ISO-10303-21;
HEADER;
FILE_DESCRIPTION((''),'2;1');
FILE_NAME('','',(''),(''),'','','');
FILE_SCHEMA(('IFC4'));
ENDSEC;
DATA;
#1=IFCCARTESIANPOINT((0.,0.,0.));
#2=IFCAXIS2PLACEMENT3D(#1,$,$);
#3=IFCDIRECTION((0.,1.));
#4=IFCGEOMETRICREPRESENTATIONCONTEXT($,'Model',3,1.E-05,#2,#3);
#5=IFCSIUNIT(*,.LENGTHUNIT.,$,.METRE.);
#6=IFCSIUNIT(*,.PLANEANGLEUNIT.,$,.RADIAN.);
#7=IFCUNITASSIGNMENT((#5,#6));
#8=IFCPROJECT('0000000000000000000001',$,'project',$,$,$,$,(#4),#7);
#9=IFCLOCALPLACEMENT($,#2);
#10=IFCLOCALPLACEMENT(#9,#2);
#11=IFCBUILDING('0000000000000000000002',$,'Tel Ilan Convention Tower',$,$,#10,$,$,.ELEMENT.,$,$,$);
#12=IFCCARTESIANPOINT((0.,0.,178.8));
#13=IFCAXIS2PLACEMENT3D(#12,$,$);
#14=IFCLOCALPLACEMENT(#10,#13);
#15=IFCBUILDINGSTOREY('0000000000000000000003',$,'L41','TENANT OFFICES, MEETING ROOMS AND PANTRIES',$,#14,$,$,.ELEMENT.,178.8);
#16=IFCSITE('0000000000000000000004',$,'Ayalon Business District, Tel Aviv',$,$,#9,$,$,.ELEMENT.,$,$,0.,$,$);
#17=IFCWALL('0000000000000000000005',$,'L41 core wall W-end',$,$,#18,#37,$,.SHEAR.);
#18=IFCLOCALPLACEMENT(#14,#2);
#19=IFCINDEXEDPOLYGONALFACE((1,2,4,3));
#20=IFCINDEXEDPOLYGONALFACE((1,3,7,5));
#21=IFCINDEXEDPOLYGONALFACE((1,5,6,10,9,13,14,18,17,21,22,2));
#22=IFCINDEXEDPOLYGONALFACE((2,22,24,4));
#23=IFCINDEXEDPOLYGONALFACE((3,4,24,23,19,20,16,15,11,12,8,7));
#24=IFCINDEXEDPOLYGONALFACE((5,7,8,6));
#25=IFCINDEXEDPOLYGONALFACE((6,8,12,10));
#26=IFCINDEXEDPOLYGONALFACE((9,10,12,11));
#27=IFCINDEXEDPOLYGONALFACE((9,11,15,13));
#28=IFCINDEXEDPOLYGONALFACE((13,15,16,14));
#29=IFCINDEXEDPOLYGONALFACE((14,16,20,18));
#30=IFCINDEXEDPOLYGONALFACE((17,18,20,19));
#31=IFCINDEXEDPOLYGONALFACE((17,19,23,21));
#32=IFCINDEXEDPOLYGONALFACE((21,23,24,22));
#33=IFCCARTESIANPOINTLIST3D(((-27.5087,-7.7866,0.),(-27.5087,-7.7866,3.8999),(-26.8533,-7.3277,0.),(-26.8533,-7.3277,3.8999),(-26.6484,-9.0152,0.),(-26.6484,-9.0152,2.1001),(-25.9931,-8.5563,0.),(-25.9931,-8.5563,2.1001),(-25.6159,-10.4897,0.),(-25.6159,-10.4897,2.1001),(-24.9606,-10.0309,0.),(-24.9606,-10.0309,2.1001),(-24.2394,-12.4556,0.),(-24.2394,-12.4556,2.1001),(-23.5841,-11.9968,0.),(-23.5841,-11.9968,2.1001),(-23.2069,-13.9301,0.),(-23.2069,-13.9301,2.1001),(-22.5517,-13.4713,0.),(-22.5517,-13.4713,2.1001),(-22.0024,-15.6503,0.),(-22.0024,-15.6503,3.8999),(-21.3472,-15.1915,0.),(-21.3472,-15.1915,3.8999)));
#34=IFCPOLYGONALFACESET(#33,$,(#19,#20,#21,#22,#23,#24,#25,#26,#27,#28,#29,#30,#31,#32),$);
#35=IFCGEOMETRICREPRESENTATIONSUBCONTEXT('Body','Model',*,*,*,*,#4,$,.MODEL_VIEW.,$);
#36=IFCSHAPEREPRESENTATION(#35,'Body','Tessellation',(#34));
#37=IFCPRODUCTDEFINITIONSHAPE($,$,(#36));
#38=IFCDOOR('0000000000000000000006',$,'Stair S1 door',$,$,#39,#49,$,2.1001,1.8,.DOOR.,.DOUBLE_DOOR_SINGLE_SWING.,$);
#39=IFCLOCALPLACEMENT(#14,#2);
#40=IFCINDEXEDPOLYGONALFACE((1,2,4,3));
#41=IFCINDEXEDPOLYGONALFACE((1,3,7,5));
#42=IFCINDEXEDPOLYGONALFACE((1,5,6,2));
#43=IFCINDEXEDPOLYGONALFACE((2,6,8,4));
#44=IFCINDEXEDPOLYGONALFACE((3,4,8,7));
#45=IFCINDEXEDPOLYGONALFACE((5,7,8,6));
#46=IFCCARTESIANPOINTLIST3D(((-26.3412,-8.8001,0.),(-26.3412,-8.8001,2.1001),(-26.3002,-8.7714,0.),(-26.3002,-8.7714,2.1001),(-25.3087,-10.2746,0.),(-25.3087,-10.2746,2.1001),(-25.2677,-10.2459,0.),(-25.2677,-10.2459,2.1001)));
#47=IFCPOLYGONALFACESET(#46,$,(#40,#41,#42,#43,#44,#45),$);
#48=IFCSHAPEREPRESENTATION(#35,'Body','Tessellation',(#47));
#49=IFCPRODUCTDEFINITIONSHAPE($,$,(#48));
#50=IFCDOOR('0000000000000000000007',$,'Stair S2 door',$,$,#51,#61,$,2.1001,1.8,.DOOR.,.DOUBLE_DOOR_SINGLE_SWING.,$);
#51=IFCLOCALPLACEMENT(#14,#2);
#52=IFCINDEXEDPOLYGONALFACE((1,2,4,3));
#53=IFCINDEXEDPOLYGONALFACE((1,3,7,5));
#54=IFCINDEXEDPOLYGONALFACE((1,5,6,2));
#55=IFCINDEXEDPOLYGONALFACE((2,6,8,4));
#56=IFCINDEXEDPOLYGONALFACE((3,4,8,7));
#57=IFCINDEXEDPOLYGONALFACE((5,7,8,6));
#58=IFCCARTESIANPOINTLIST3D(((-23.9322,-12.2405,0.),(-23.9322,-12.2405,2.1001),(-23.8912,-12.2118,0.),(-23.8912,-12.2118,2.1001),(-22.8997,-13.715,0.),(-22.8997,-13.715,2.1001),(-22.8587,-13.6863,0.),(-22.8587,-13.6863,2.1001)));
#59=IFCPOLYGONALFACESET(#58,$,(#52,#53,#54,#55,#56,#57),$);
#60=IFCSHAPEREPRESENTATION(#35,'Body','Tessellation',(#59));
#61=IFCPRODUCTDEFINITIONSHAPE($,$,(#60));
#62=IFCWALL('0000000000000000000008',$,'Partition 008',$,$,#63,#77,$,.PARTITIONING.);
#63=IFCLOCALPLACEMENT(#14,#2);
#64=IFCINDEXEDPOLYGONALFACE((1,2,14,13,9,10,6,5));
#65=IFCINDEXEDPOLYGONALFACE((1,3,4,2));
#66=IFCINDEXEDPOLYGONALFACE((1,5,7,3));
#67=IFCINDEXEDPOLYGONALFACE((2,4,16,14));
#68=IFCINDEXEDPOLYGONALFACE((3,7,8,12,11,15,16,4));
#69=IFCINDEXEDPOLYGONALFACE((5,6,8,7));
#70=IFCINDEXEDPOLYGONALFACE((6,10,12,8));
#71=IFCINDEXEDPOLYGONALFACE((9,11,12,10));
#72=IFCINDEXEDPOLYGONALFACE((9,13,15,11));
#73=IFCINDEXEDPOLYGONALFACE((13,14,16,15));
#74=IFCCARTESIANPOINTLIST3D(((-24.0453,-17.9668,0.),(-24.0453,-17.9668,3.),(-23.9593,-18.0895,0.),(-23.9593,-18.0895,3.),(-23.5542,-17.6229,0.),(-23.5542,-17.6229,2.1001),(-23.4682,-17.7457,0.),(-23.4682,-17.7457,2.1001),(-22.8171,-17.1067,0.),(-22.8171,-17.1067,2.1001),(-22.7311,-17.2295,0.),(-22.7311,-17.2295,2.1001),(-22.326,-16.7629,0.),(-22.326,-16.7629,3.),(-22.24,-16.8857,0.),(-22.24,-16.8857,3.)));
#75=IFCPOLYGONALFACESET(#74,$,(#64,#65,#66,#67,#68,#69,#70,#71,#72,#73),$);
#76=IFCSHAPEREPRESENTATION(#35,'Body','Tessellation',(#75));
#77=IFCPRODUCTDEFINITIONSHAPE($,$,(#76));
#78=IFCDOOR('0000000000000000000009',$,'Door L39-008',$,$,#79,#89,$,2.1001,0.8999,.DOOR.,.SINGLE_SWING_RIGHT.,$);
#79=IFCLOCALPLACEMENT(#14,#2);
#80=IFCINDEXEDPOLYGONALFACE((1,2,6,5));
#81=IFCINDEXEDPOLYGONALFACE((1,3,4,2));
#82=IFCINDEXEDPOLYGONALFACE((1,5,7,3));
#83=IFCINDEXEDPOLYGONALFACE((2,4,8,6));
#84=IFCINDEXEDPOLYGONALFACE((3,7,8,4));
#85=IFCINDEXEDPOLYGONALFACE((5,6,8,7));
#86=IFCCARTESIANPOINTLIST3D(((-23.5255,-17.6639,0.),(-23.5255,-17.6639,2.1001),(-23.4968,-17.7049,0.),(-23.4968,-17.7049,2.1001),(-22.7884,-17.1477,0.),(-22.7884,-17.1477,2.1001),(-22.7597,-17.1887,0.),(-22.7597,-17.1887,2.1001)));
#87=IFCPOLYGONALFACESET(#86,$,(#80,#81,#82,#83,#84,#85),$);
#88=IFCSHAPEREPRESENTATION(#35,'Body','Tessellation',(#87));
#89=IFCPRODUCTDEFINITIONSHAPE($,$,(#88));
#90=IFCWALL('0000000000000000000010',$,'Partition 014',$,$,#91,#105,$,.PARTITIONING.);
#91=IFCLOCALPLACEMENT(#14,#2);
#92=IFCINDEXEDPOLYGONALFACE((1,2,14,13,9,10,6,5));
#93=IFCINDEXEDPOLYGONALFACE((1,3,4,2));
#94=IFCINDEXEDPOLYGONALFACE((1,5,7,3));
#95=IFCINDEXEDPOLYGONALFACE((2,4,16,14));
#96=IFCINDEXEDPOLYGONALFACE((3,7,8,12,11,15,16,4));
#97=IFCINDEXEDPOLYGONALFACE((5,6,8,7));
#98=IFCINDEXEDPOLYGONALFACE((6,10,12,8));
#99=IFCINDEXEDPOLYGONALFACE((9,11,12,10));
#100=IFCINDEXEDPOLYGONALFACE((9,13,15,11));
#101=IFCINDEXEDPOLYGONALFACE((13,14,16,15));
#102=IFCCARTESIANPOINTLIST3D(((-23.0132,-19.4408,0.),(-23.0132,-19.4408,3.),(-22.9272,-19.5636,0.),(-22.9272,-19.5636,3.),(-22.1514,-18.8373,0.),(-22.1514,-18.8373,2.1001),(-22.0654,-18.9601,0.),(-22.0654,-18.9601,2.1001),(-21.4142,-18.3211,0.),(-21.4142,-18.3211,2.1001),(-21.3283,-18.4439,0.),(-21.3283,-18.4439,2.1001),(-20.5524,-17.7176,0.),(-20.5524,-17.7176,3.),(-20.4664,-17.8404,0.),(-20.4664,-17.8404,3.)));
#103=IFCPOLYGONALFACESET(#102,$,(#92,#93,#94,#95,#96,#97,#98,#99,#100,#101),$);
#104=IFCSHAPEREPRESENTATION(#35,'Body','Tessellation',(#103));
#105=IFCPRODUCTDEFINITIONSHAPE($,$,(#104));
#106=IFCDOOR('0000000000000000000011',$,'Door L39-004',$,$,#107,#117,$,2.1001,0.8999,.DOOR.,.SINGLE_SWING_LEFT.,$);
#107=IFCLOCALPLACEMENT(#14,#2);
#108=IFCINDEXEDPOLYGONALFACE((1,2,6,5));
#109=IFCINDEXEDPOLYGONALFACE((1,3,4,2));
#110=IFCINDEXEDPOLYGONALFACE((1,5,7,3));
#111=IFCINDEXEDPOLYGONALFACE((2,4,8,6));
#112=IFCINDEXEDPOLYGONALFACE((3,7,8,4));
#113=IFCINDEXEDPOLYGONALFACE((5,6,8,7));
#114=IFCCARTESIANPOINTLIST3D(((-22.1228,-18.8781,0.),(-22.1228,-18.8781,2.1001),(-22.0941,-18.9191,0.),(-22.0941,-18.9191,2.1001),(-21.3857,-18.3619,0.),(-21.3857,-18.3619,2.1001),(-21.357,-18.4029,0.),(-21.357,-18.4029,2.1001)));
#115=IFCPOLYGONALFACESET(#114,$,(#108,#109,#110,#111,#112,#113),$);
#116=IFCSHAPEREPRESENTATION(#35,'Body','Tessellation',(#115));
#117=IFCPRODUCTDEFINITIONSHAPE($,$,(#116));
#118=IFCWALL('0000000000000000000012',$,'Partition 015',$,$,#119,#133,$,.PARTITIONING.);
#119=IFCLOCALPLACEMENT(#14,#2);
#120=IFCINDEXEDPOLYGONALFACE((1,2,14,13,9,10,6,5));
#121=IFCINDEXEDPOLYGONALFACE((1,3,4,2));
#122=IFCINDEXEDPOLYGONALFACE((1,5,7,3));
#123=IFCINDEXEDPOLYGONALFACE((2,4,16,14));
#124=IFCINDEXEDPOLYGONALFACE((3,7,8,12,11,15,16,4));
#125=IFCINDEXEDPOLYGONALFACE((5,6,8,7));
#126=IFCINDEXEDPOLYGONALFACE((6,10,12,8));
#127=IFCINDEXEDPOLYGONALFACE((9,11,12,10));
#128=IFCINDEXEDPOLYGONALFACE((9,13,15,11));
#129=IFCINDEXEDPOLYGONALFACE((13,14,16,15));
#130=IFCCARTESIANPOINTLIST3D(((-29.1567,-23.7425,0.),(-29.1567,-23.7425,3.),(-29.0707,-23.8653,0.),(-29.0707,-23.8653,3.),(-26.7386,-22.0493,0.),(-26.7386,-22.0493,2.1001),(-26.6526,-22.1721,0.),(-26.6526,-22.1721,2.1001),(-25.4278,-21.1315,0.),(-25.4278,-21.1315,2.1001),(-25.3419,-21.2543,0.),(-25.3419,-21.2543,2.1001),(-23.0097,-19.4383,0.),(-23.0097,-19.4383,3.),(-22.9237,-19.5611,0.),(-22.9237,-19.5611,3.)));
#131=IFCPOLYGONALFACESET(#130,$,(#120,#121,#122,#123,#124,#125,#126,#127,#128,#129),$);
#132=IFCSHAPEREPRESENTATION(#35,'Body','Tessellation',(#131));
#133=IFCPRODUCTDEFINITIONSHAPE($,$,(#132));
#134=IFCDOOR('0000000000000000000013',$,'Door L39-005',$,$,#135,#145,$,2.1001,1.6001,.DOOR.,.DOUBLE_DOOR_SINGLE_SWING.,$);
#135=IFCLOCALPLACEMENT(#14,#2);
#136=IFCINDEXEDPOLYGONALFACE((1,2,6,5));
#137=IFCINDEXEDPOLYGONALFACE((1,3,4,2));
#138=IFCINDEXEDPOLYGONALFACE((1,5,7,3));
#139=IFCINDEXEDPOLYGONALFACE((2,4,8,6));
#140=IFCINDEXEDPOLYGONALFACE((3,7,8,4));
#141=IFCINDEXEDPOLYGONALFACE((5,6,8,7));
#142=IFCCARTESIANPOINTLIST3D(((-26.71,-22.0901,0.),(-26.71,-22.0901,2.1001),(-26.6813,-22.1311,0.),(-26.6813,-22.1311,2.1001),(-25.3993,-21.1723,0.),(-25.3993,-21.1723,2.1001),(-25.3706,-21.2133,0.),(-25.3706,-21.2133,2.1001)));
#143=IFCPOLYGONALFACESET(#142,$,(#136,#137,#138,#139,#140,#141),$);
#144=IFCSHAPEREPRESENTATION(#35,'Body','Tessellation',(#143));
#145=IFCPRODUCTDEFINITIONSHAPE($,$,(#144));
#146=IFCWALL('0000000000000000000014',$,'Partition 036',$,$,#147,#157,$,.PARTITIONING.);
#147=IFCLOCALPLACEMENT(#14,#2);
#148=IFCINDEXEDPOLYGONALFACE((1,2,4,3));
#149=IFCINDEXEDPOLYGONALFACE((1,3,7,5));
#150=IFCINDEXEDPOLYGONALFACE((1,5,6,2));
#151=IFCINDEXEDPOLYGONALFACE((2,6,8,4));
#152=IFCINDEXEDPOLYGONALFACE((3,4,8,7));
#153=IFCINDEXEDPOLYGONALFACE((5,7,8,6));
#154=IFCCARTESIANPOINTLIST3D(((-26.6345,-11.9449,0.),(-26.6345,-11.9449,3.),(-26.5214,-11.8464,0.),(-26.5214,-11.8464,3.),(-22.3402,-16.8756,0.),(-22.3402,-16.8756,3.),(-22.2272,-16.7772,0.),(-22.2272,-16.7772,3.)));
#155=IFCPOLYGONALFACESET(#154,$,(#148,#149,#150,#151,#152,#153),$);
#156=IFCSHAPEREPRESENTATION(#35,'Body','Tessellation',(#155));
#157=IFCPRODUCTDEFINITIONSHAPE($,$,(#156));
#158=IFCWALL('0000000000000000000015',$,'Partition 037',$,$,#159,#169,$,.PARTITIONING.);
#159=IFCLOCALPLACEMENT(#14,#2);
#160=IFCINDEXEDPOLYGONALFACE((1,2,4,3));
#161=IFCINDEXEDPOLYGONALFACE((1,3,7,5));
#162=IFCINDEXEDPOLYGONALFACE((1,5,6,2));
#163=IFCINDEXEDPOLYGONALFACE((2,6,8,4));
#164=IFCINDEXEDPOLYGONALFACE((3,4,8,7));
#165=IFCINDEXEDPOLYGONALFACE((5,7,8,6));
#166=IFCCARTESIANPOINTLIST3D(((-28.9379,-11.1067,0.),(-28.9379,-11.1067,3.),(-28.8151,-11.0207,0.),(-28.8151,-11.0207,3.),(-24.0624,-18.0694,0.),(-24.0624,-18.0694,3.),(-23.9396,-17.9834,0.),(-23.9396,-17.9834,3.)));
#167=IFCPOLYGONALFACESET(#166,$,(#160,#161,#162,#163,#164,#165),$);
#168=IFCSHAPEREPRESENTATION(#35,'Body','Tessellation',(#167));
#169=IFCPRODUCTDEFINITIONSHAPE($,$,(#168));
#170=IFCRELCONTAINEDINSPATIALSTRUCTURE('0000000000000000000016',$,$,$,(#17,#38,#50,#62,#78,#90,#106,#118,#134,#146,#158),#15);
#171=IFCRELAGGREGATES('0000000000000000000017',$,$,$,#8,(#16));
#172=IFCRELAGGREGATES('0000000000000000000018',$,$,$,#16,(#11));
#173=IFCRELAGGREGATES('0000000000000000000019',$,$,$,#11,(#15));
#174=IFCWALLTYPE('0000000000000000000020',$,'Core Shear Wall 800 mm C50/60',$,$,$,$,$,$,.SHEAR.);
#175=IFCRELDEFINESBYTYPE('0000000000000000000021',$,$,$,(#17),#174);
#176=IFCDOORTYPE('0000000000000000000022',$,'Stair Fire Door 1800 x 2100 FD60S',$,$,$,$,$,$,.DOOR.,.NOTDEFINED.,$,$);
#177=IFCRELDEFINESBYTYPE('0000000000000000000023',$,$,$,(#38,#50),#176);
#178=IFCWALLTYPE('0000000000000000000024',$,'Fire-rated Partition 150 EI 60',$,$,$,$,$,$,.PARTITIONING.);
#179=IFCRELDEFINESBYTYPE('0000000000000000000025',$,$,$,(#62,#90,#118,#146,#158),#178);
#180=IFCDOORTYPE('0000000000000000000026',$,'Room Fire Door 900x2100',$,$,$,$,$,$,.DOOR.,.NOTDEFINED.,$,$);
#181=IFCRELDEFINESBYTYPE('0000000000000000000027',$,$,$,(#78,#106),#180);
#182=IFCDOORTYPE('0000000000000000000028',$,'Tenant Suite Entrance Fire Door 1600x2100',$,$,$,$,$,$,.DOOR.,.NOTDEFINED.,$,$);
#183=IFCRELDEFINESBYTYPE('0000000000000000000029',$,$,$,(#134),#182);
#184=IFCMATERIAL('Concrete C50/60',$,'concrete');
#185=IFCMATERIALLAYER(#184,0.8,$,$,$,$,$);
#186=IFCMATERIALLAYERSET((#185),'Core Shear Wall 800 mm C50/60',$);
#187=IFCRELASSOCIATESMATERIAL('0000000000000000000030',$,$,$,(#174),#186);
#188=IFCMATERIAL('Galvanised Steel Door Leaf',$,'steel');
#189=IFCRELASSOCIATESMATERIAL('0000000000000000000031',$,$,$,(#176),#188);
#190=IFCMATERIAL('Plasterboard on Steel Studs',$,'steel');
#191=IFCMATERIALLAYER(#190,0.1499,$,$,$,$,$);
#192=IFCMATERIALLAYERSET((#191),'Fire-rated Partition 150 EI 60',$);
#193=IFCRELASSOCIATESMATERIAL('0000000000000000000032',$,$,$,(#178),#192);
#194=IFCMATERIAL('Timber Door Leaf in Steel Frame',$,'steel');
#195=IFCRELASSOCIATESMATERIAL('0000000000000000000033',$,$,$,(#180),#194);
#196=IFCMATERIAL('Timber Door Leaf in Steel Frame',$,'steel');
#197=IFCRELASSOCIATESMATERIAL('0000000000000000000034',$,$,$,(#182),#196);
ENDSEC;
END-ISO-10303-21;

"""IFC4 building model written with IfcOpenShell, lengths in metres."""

from ifc_helpers import new_model, si_unit, direction, frame, frame_2d, origin, place, context, subcontext, project, spatial, polyline, rectangle, outline, extrude, material, layer, layer_set, type_object, element, fill, save


model = new_model("IFC4")

# Units and contexts
model_context = context("Model", 3, precision=1e-05, world=origin(), true_north=direction((0.0, 1.0)))
body_context = subcontext(model_context, "Body", "Model", "MODEL_VIEW")
ifc_project = project(units=[si_unit("LENGTHUNIT", "METRE"), si_unit("PLANEANGLEUNIT", "RADIAN")], contexts=[model_context])

# Site, building, storey
site_placement = place(None, origin())
site = spatial("IfcSite", under=ifc_project, at=site_placement, Name="Ayalon Business District, Tel Aviv", CompositionType="ELEMENT", RefElevation=0.0)
building_placement = place(site_placement, origin())
building = spatial("IfcBuilding", under=site, at=building_placement, Name="Tel Ilan Convention Tower", CompositionType="ELEMENT")
storey_placement = place(building_placement, frame((0.0, 0.0, 178.8)))
storey = spatial("IfcBuildingStorey", under=building, at=storey_placement, Name="L41", Description="TENANT OFFICES, MEETING ROOMS AND PANTRIES", CompositionType="ELEMENT", Elevation=178.8)

# Wall, openings, doors
ifc_material_1 = material(Name="Concrete C50/60", Category="concrete")
ifc_layer_1 = layer(ifc_material_1, 0.8)
ifc_layer_set_1 = layer_set([ifc_layer_1], Name="Core Shear Wall 800 mm C50/60")
wall_type_1 = type_object("IfcWallType", Name="Core Shear Wall 800 mm C50/60", PredefinedType="SHEAR", material=ifc_layer_set_1)
wall_1_placement = place(storey_placement, frame((-21.6748, -15.4209, 0.0), z_axis=(0.0, 0.0, 1.0), x_axis=(-0.573582, 0.819148, 0.0)))
wall_1 = element("IfcWall", 1, at=wall_1_placement, inside=storey, type_object=wall_type_1, Name="L41 core wall W-end", PredefinedType="SHEAR", context=body_context, shape_type="SweptSolid", body=[
    extrude(outline(polyline([(0.0, 0.3999), (0.0, -0.3999), (9.5999, -0.4001), (9.5999, 0.3999), (0.0, 0.3999)])), origin(), (0.0, 0.0, 1.0), 3.8999),
])
opening_1_placement = place(wall_1_placement, frame((6.3, 0.0, 0.0)))
opening_1 = element("IfcOpeningElement", 2, at=opening_1_placement, cuts=wall_1, PredefinedType="OPENING", context=body_context, shape_type="SweptSolid", body=[
    extrude(rectangle(XDim=1.8, YDim=2.1001, at=frame_2d((0.8999, 1.05))), frame((0.0, 0.4099, 0.0), z_axis=(0.0, -1.0, 0.0), x_axis=(1.0, 0.0, 0.0)), (0.0, 0.0, 1.0), 0.8201),
])
opening_2_placement = place(wall_1_placement, frame((2.1001, 0.0, 0.0)))
opening_2 = element("IfcOpeningElement", 3, at=opening_2_placement, cuts=wall_1, PredefinedType="OPENING", context=body_context, shape_type="SweptSolid", body=[
    extrude(rectangle(XDim=1.8, YDim=2.1001, at=frame_2d((0.8999, 1.05))), frame((0.0, 0.4099, 0.0), z_axis=(0.0, -1.0, 0.0), x_axis=(1.0, 0.0, 0.0)), (0.0, 0.0, 1.0), 0.8201),
])
ifc_material_2 = material(Name="Galvanised Steel Door Leaf", Category="steel")
door_type_1 = type_object("IfcDoorType", Name="Stair Fire Door 1800 x 2100 FD60S", OperationType="NOTDEFINED", PredefinedType="DOOR", material=ifc_material_2)
door_1_placement = place(opening_1_placement, origin())
door_1 = element("IfcDoor", 4, at=door_1_placement, inside=storey, type_object=door_type_1, Name="Stair S1 door", OperationType="DOUBLE_DOOR_SINGLE_SWING", OverallHeight=2.1001, OverallWidth=1.8, PredefinedType="DOOR", context=body_context, shape_type="SweptSolid", body=[
    extrude(rectangle(XDim=1.8, YDim=2.1001, at=frame_2d((0.8999, 1.05))), frame((0.0, 0.0249, 0.0), z_axis=(0.0, -1.0, 0.0), x_axis=(1.0, 0.0, 0.0)), (0.0, 0.0, 1.0), 0.05),
])
fill(opening_1, door_1)
door_2_placement = place(opening_2_placement, origin())
door_2 = element("IfcDoor", 5, at=door_2_placement, inside=storey, type_object=door_type_1, Name="Stair S2 door", OperationType="DOUBLE_DOOR_SINGLE_SWING", OverallHeight=2.1001, OverallWidth=1.8, PredefinedType="DOOR", context=body_context, shape_type="SweptSolid", body=[
    extrude(rectangle(XDim=1.8, YDim=2.1001, at=frame_2d((0.8999, 1.05))), frame((0.0, 0.0249, 0.0), z_axis=(0.0, -1.0, 0.0), x_axis=(1.0, 0.0, 0.0)), (0.0, 0.0, 1.0), 0.05),
])
fill(opening_2, door_2)

# Walls, openings, doors
ifc_material_3 = material(Name="Plasterboard on Steel Studs", Category="steel")
ifc_layer_2 = layer(ifc_material_3, 0.1499)
ifc_layer_set_2 = layer_set([ifc_layer_2], Name="Fire-rated Partition 150 EI 60")
wall_type_2 = type_object("IfcWallType", Name="Fire-rated Partition 150 EI 60", PredefinedType="PARTITIONING", material=ifc_layer_set_2)
wall_2_placement = place(storey_placement, frame((-24.0022, -18.0281, 0.0), z_axis=(0.0, 0.0, 1.0), x_axis=(0.819144, 0.573587, 0.0)))
wall_2 = element("IfcWall", 6, at=wall_2_placement, inside=storey, type_object=wall_type_2, Name="Partition 008", PredefinedType="PARTITIONING", context=body_context, shape_type="SweptSolid", body=[
    extrude(rectangle(XDim=2.0989, YDim=0.1499, at=frame_2d((1.0493, 0.0))), origin(), (0.0, 0.0, 1.0), 3.0),
])
opening_3_placement = place(wall_2_placement, frame((0.5994, 0.0, 0.0)))
opening_3 = element("IfcOpeningElement", 7, at=opening_3_placement, cuts=wall_2, PredefinedType="OPENING", context=body_context, shape_type="SweptSolid", body=[
    extrude(rectangle(XDim=0.8999, YDim=2.1001, at=frame_2d((0.45, 1.05))), frame((0.0, 0.085, 0.0), z_axis=(0.0, -1.0, 0.0), x_axis=(1.0, 0.0, 0.0)), (0.0, 0.0, 1.0), 0.1699),
])
ifc_material_4 = material(Name="Timber Door Leaf in Steel Frame", Category="steel")
door_type_2 = type_object("IfcDoorType", Name="Room Fire Door 900x2100", OperationType="NOTDEFINED", PredefinedType="DOOR", material=ifc_material_4)
door_3_placement = place(opening_3_placement, origin())
door_3 = element("IfcDoor", 8, at=door_3_placement, inside=storey, type_object=door_type_2, Name="Door L39-008", OperationType="SINGLE_SWING_RIGHT", OverallHeight=2.1001, OverallWidth=0.8999, PredefinedType="DOOR", context=body_context, shape_type="SweptSolid", body=[
    extrude(rectangle(XDim=0.8999, YDim=2.1001, at=frame_2d((0.45, 1.05))), frame((0.0, 0.0249, 0.0), z_axis=(0.0, -1.0, 0.0), x_axis=(1.0, 0.0, 0.0)), (0.0, 0.0, 1.0), 0.05),
])
fill(opening_3, door_3)
wall_3_placement = place(storey_placement, frame((-20.5095, -17.7791, 0.0), z_axis=(0.0, 0.0, 1.0), x_axis=(-0.819129, -0.57361, 0.0)))
wall_3 = element("IfcWall", 9, at=wall_3_placement, inside=storey, type_object=wall_type_2, Name="Partition 014", PredefinedType="PARTITIONING", context=body_context, shape_type="SweptSolid", body=[
    extrude(rectangle(XDim=3.0042, YDim=0.1499, at=frame_2d((1.502, 0.0))), origin(), (0.0, 0.0, 1.0), 3.0),
])
opening_4_placement = place(wall_3_placement, frame((1.052, 0.0, 0.0)))
opening_4 = element("IfcOpeningElement", 10, at=opening_4_placement, cuts=wall_3, PredefinedType="OPENING", context=body_context, shape_type="SweptSolid", body=[
    extrude(rectangle(XDim=0.8999, YDim=2.1001, at=frame_2d((0.45, 1.05))), frame((0.0, 0.085, 0.0), z_axis=(0.0, -1.0, 0.0), x_axis=(1.0, 0.0, 0.0)), (0.0, 0.0, 1.0), 0.1699),
])
door_4_placement = place(opening_4_placement, origin())
door_4 = element("IfcDoor", 11, at=door_4_placement, inside=storey, type_object=door_type_2, Name="Door L39-004", OperationType="SINGLE_SWING_LEFT", OverallHeight=2.1001, OverallWidth=0.8999, PredefinedType="DOOR", context=body_context, shape_type="SweptSolid", body=[
    extrude(rectangle(XDim=0.8999, YDim=2.1001, at=frame_2d((0.45, 1.05))), frame((0.0, 0.0249, 0.0), z_axis=(0.0, -1.0, 0.0), x_axis=(1.0, 0.0, 0.0)), (0.0, 0.0, 1.0), 0.05),
])
fill(opening_4, door_4)
wall_4_placement = place(storey_placement, frame((-22.9668, -19.4998, 0.0), z_axis=(0.0, 0.0, 1.0), x_axis=(-0.819149, -0.57358, 0.0)))
wall_4 = element("IfcWall", 12, at=wall_4_placement, inside=storey, type_object=wall_type_2, Name="Partition 015", PredefinedType="PARTITIONING", context=body_context, shape_type="SweptSolid", body=[
    extrude(rectangle(XDim=7.5042, YDim=0.1499, at=frame_2d((3.752, 0.0))), origin(), (0.0, 0.0, 1.0), 3.0),
])
opening_5_placement = place(wall_4_placement, frame((2.9519, 0.0, 0.0)))
opening_5 = element("IfcOpeningElement", 13, at=opening_5_placement, cuts=wall_4, PredefinedType="OPENING", context=body_context, shape_type="SweptSolid", body=[
    extrude(rectangle(XDim=1.6001, YDim=2.1001, at=frame_2d((0.8, 1.05))), frame((0.0, 0.085, 0.0), z_axis=(0.0, -1.0, 0.0), x_axis=(1.0, 0.0, 0.0)), (0.0, 0.0, 1.0), 0.1699),
])
ifc_material_5 = material(Name="Timber Door Leaf in Steel Frame", Category="steel")
door_type_3 = type_object("IfcDoorType", Name="Tenant Suite Entrance Fire Door 1600x2100", OperationType="NOTDEFINED", PredefinedType="DOOR", material=ifc_material_5)
door_5_placement = place(opening_5_placement, origin())
door_5 = element("IfcDoor", 14, at=door_5_placement, inside=storey, type_object=door_type_3, Name="Door L39-005", OperationType="DOUBLE_DOOR_SINGLE_SWING", OverallHeight=2.1001, OverallWidth=1.6001, PredefinedType="DOOR", context=body_context, shape_type="SweptSolid", body=[
    extrude(rectangle(XDim=1.6001, YDim=2.1001, at=frame_2d((0.8, 1.05))), frame((0.0, 0.0249, 0.0), z_axis=(0.0, -1.0, 0.0), x_axis=(1.0, 0.0, 0.0)), (0.0, 0.0, 1.0), 0.05),
])
fill(opening_5, door_5)

# Walls
wall_5_placement = place(storey_placement, frame((-22.2837, -16.8264, 0.0), z_axis=(0.0, 0.0, 1.0), x_axis=(-0.656758, 0.754101, 0.0)))
element("IfcWall", 15, at=wall_5_placement, inside=storey, type_object=wall_type_2, Name="Partition 036", PredefinedType="PARTITIONING", context=body_context, shape_type="SweptSolid", body=[
    extrude(rectangle(XDim=6.5386, YDim=0.1499, at=frame_2d((3.2693, 0.0))), origin(), (0.0, 0.0, 1.0), 3.0),
])
wall_6_placement = place(storey_placement, frame((-24.001, -18.0264, 0.0), z_axis=(0.0, 0.0, 1.0), x_axis=(-0.573591, 0.819142, 0.0)))
element("IfcWall", 16, at=wall_6_placement, inside=storey, type_object=wall_type_2, Name="Partition 037", PredefinedType="PARTITIONING", context=body_context, shape_type="SweptSolid", body=[
    extrude(rectangle(XDim=8.5, YDim=0.1499, at=frame_2d((4.25, 0.0))), origin(), (0.0, 0.0, 1.0), 3.0),
])

save(model, "model.ifc")
